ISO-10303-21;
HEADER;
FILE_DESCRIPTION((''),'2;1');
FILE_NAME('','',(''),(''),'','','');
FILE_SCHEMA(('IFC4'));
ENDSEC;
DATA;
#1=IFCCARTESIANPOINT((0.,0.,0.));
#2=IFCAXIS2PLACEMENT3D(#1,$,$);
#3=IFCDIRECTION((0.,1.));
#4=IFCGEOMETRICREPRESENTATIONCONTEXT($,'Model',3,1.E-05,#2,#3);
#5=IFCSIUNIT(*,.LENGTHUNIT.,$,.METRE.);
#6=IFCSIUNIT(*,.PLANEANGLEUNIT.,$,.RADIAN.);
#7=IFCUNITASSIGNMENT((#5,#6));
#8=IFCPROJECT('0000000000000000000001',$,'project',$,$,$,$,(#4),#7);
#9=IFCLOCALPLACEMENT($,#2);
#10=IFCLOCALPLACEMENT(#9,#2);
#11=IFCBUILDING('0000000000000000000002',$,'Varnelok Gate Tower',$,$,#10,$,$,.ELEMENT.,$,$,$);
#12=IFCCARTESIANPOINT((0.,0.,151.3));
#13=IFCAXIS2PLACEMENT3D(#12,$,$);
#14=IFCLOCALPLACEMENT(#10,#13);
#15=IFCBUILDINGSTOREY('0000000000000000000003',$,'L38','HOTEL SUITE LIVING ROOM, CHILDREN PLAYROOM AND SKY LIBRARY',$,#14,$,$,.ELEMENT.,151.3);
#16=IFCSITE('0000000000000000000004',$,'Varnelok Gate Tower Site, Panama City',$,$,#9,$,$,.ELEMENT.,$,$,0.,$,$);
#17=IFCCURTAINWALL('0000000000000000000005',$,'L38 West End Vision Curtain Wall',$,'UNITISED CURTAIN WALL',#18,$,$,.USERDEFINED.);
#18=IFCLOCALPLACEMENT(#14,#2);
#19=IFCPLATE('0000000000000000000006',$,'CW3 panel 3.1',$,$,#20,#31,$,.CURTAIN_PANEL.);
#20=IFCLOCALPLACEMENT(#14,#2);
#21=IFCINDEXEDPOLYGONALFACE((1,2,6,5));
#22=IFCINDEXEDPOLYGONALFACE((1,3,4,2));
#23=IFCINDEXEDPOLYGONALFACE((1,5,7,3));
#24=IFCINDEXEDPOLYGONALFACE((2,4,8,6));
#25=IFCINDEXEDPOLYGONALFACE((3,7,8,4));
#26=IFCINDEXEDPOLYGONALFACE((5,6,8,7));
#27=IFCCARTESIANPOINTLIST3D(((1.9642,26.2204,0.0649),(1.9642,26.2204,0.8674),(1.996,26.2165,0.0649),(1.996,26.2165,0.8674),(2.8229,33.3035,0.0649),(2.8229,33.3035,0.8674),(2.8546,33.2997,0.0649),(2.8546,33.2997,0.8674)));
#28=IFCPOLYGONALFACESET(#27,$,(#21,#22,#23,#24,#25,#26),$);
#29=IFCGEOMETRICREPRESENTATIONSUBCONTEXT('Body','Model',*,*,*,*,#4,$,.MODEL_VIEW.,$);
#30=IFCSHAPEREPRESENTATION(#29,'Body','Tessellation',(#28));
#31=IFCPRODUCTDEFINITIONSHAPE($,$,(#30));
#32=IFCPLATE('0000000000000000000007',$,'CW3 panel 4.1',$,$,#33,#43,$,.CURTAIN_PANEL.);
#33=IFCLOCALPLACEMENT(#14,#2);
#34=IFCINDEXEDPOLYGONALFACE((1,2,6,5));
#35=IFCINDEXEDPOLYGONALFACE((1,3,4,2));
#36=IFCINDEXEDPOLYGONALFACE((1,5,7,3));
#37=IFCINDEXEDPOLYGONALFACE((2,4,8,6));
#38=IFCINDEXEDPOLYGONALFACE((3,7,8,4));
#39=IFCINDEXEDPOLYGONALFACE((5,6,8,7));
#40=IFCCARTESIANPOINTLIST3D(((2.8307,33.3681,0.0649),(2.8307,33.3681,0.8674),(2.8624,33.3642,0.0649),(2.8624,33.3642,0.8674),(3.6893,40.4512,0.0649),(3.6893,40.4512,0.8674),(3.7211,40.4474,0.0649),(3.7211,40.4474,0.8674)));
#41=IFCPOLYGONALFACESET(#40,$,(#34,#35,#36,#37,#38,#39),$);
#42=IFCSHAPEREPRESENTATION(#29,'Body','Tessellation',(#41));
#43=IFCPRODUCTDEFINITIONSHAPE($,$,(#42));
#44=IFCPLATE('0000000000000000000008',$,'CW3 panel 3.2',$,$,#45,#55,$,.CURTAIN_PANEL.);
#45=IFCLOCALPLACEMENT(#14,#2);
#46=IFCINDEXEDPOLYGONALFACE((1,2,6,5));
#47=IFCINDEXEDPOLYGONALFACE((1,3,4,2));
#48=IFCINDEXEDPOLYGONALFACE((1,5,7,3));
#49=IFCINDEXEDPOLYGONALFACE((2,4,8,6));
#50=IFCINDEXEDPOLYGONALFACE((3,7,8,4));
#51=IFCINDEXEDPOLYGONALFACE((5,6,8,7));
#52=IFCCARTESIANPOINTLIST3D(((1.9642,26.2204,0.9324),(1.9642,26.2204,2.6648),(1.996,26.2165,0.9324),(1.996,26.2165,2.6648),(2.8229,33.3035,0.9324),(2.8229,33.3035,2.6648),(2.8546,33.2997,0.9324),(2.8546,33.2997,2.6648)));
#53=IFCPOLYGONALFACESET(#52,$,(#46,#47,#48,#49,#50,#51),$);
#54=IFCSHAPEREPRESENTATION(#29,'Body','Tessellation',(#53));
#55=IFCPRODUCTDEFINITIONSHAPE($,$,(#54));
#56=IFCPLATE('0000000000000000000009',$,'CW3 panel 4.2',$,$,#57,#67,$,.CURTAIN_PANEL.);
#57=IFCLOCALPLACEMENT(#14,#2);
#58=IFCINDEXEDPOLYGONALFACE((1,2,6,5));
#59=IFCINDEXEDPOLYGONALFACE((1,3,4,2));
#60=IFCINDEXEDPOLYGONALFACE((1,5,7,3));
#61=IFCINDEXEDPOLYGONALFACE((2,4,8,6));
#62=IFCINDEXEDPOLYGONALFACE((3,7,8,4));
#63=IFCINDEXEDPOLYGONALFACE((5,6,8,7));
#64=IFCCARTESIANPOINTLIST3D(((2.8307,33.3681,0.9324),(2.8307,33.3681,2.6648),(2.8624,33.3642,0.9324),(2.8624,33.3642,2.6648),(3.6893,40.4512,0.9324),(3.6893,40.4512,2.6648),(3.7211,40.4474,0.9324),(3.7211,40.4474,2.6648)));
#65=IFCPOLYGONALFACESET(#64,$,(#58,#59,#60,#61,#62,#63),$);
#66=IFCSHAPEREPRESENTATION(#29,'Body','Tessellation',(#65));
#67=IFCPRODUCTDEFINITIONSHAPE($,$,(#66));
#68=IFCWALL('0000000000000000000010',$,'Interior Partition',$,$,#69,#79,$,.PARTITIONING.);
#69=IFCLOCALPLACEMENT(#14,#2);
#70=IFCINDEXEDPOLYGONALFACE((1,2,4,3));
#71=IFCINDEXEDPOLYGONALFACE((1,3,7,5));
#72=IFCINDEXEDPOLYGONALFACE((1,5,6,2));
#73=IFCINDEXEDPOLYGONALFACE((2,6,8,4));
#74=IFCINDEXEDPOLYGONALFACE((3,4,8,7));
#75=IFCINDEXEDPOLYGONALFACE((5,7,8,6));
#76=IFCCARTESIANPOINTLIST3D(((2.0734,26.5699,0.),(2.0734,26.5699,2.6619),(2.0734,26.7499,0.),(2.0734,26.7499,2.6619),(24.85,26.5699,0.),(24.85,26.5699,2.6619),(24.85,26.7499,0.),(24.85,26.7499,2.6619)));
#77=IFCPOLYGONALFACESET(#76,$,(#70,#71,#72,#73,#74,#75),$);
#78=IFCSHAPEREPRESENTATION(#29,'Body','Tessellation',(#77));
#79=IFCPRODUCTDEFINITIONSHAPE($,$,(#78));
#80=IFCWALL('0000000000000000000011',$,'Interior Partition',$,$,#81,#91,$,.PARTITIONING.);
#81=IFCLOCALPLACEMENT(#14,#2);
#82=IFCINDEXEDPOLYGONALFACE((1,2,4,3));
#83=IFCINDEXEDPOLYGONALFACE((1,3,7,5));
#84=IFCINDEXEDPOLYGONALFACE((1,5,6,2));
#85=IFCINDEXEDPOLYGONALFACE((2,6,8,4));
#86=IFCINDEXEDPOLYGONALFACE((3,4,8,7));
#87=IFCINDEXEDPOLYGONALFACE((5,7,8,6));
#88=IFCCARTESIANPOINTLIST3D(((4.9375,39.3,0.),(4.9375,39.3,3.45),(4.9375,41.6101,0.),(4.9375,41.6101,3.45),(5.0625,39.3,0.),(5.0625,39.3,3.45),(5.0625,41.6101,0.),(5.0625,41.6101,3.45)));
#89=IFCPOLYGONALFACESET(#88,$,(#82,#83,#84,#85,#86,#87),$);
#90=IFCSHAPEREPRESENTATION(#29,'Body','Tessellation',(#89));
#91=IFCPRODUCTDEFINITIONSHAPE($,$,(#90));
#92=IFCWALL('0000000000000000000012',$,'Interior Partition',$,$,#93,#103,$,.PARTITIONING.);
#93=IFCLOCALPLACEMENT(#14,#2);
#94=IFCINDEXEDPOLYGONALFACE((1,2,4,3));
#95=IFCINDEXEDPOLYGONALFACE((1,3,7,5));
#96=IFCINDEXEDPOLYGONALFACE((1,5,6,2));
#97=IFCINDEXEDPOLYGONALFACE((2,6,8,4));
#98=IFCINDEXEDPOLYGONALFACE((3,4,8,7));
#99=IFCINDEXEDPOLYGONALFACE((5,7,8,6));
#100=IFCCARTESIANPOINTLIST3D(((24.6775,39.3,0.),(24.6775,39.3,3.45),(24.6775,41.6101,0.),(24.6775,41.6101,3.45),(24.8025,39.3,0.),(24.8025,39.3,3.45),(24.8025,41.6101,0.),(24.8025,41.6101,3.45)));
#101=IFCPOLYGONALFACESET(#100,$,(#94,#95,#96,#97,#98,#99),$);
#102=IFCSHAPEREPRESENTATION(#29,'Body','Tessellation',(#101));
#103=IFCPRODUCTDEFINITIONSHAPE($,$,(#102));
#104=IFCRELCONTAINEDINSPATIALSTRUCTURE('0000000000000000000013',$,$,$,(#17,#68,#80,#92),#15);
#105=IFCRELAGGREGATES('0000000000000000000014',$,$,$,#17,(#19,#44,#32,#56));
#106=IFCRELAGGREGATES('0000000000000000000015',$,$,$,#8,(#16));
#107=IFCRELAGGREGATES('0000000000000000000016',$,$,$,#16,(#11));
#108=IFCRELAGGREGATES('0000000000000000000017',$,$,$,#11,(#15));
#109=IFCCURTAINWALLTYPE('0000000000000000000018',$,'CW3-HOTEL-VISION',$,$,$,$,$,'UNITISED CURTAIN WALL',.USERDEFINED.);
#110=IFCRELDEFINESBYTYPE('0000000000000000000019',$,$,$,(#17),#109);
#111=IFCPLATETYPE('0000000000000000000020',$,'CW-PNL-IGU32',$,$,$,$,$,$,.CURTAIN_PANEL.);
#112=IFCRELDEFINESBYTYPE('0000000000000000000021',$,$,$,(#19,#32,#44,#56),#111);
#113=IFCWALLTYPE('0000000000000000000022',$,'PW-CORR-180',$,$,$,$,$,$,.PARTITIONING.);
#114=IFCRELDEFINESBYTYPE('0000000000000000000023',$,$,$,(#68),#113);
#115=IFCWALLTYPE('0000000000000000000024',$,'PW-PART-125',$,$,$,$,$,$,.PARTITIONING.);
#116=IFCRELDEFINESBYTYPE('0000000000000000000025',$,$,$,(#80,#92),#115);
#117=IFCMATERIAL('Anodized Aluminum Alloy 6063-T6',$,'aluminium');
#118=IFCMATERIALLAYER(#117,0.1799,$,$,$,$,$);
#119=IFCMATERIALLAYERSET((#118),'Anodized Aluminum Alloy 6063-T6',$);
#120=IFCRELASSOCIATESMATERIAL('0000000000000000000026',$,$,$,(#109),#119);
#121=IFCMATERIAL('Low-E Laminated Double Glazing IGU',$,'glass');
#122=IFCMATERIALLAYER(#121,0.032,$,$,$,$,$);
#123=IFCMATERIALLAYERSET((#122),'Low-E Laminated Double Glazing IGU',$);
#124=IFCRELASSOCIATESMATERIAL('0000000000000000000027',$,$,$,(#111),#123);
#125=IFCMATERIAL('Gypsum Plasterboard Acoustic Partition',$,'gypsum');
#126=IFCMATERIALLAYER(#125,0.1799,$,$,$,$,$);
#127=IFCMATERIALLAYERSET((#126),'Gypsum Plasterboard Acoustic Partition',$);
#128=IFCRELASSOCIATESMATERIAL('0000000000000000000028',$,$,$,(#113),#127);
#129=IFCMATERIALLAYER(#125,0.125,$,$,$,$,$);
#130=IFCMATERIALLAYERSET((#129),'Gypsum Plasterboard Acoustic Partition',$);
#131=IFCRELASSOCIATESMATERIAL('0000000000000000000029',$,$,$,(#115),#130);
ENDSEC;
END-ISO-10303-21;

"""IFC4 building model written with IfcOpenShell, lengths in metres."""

from ifc_helpers import new_model, si_unit, direction, frame, frame_2d, origin, origin_2d, place, context, subcontext, project, spatial, rectangle, extrude, source, transform, mapped, material, layer, layer_set, type_object, element, aggregate, save


model = new_model("IFC4")

# Units and contexts
model_context = context("Model", 3, precision=1e-05, world=origin(), true_north=direction((0.0, 1.0)))
body_context = subcontext(model_context, "Body", "Model", "MODEL_VIEW")
ifc_project = project(units=[si_unit("LENGTHUNIT", "METRE"), si_unit("PLANEANGLEUNIT", "RADIAN")], contexts=[model_context])

# Site, building, storey
site_placement = place(None, origin())
site = spatial("IfcSite", under=ifc_project, at=site_placement, Name="Varnelok Gate Tower Site, Panama City", CompositionType="ELEMENT", RefElevation=0.0)
building_placement = place(site_placement, origin())
building = spatial("IfcBuilding", under=site, at=building_placement, Name="Varnelok Gate Tower", CompositionType="ELEMENT")
storey_placement = place(building_placement, frame((0.0, 0.0, 151.3)))
storey = spatial("IfcBuildingStorey", under=building, at=storey_placement, Name="L38", Description="HOTEL SUITE LIVING ROOM, CHILDREN PLAYROOM AND SKY LIBRARY", CompositionType="ELEMENT", Elevation=151.3)

# Curtain wall, plates
ifc_material_1 = material(Name="Anodized Aluminum Alloy 6063-T6", Category="aluminium")
ifc_layer_1 = layer(ifc_material_1, 0.1799)
ifc_layer_set_1 = layer_set([ifc_layer_1], Name="Anodized Aluminum Alloy 6063-T6")
curtain_wall_type = type_object("IfcCurtainWallType", Name="CW3-HOTEL-VISION", ElementType="UNITISED CURTAIN WALL", PredefinedType="USERDEFINED", material=ifc_layer_set_1)
curtain_wall_placement = place(storey_placement, origin())
curtain_wall = element("IfcCurtainWall", 1, at=curtain_wall_placement, inside=storey, type_object=curtain_wall_type, Name="L38 West End Vision Curtain Wall", ObjectType="UNITISED CURTAIN WALL", PredefinedType="USERDEFINED")
ifc_material_2 = material(Name="Low-E Laminated Double Glazing IGU", Category="glass")
ifc_layer_2 = layer(ifc_material_2, 0.032)
ifc_layer_set_2 = layer_set([ifc_layer_2], Name="Low-E Laminated Double Glazing IGU")
plate_type = type_object("IfcPlateType", Name="CW-PNL-IGU32", PredefinedType="CURTAIN_PANEL", material=ifc_layer_set_2)
shared_shape_1 = source(origin(), body_context, "Body", "SweptSolid", [
    extrude(rectangle(XDim=7.135, YDim=0.032, at=origin_2d()), origin(), (0.0, 0.0, 1.0), 0.8025),
])
plate_1_placement = place(storey_placement, frame((2.4094, 29.76, 0.0649), z_axis=(0.0, 0.0, 1.0), x_axis=(0.120347, 0.992732, 0.0)))
plate_1 = element("IfcPlate", 2, at=plate_1_placement, type_object=plate_type, Name="CW3 panel 3.1", PredefinedType="CURTAIN_PANEL", context=body_context, shape_type="MappedRepresentation", body=[
    mapped(shared_shape_1, transform((0.0, 0.0, 0.0), scale=1.0)),
])
plate_2_placement = place(storey_placement, frame((3.2759, 36.9077, 0.0649), z_axis=(0.0, 0.0, 1.0), x_axis=(0.120347, 0.992732, 0.0)))
plate_2 = element("IfcPlate", 3, at=plate_2_placement, type_object=plate_type, Name="CW3 panel 4.1", PredefinedType="CURTAIN_PANEL", context=body_context, shape_type="MappedRepresentation", body=[
    mapped(shared_shape_1, transform((0.0, 0.0, 0.0), scale=1.0)),
])
shared_shape_2 = source(origin(), body_context, "Body", "SweptSolid", [
    extrude(rectangle(XDim=7.135, YDim=0.032, at=origin_2d()), origin(), (0.0, 0.0, 1.0), 1.7324),
])
plate_3_placement = place(storey_placement, frame((2.4094, 29.76, 0.9324), z_axis=(0.0, 0.0, 1.0), x_axis=(0.120347, 0.992732, 0.0)))
plate_3 = element("IfcPlate", 4, at=plate_3_placement, type_object=plate_type, Name="CW3 panel 3.2", PredefinedType="CURTAIN_PANEL", context=body_context, shape_type="MappedRepresentation", body=[
    mapped(shared_shape_2, transform((0.0, 0.0, 0.0), scale=1.0)),
])
plate_4_placement = place(storey_placement, frame((3.2759, 36.9077, 0.9324), z_axis=(0.0, 0.0, 1.0), x_axis=(0.120347, 0.992732, 0.0)))
plate_4 = element("IfcPlate", 5, at=plate_4_placement, type_object=plate_type, Name="CW3 panel 4.2", PredefinedType="CURTAIN_PANEL", context=body_context, shape_type="MappedRepresentation", body=[
    mapped(shared_shape_2, transform((0.0, 0.0, 0.0), scale=1.0)),
])
aggregate(curtain_wall, [plate_1, plate_3, plate_2, plate_4])

# Walls
ifc_material_3 = material(Name="Gypsum Plasterboard Acoustic Partition", Category="gypsum")
ifc_layer_3 = layer(ifc_material_3, 0.1799)
ifc_layer_set_3 = layer_set([ifc_layer_3], Name="Gypsum Plasterboard Acoustic Partition")
wall_type_1 = type_object("IfcWallType", Name="PW-CORR-180", PredefinedType="PARTITIONING", material=ifc_layer_set_3)
wall_placement = place(storey_placement, frame((2.0735, 26.6599, 0.0), z_axis=(0.0, 0.0, 1.0), x_axis=(1.0, 0.0, 0.0)))
element("IfcWall", 6, at=wall_placement, inside=storey, type_object=wall_type_1, Name="Interior Partition", PredefinedType="PARTITIONING", context=body_context, shape_type="SweptSolid", body=[
    extrude(rectangle(XDim=22.7766, YDim=0.1799, at=frame_2d((11.3882, 0.0))), origin(), (0.0, 0.0, 1.0), 2.6619),
])
ifc_layer_4 = layer(ifc_material_3, 0.125)
ifc_layer_set_4 = layer_set([ifc_layer_4], Name="Gypsum Plasterboard Acoustic Partition")
wall_type_2 = type_object("IfcWallType", Name="PW-PART-125", PredefinedType="PARTITIONING", material=ifc_layer_set_4)
for number, where, z_axis, x_axis, name in (
    (7, (5.0, 39.3, 0.0), (0.0, 0.0, 1.0), (0.0, 1.0, 0.0), "Interior Partition"),
    (8, (24.74, 39.3, 0.0), (0.0, 0.0, 1.0), (0.0, 1.0, 0.0), "Interior Partition"),
):
    element("IfcWall", number, at=place(storey_placement, frame(where, z_axis=z_axis, x_axis=x_axis)), inside=storey, type_object=wall_type_2, Name=name, PredefinedType="PARTITIONING", context=body_context, shape_type="SweptSolid", body=[
        extrude(rectangle(XDim=2.3101, YDim=0.125, at=frame_2d((1.155, 0.0))), origin(), (0.0, 0.0, 1.0), 3.45),
    ])

save(model, "model.ifc")
